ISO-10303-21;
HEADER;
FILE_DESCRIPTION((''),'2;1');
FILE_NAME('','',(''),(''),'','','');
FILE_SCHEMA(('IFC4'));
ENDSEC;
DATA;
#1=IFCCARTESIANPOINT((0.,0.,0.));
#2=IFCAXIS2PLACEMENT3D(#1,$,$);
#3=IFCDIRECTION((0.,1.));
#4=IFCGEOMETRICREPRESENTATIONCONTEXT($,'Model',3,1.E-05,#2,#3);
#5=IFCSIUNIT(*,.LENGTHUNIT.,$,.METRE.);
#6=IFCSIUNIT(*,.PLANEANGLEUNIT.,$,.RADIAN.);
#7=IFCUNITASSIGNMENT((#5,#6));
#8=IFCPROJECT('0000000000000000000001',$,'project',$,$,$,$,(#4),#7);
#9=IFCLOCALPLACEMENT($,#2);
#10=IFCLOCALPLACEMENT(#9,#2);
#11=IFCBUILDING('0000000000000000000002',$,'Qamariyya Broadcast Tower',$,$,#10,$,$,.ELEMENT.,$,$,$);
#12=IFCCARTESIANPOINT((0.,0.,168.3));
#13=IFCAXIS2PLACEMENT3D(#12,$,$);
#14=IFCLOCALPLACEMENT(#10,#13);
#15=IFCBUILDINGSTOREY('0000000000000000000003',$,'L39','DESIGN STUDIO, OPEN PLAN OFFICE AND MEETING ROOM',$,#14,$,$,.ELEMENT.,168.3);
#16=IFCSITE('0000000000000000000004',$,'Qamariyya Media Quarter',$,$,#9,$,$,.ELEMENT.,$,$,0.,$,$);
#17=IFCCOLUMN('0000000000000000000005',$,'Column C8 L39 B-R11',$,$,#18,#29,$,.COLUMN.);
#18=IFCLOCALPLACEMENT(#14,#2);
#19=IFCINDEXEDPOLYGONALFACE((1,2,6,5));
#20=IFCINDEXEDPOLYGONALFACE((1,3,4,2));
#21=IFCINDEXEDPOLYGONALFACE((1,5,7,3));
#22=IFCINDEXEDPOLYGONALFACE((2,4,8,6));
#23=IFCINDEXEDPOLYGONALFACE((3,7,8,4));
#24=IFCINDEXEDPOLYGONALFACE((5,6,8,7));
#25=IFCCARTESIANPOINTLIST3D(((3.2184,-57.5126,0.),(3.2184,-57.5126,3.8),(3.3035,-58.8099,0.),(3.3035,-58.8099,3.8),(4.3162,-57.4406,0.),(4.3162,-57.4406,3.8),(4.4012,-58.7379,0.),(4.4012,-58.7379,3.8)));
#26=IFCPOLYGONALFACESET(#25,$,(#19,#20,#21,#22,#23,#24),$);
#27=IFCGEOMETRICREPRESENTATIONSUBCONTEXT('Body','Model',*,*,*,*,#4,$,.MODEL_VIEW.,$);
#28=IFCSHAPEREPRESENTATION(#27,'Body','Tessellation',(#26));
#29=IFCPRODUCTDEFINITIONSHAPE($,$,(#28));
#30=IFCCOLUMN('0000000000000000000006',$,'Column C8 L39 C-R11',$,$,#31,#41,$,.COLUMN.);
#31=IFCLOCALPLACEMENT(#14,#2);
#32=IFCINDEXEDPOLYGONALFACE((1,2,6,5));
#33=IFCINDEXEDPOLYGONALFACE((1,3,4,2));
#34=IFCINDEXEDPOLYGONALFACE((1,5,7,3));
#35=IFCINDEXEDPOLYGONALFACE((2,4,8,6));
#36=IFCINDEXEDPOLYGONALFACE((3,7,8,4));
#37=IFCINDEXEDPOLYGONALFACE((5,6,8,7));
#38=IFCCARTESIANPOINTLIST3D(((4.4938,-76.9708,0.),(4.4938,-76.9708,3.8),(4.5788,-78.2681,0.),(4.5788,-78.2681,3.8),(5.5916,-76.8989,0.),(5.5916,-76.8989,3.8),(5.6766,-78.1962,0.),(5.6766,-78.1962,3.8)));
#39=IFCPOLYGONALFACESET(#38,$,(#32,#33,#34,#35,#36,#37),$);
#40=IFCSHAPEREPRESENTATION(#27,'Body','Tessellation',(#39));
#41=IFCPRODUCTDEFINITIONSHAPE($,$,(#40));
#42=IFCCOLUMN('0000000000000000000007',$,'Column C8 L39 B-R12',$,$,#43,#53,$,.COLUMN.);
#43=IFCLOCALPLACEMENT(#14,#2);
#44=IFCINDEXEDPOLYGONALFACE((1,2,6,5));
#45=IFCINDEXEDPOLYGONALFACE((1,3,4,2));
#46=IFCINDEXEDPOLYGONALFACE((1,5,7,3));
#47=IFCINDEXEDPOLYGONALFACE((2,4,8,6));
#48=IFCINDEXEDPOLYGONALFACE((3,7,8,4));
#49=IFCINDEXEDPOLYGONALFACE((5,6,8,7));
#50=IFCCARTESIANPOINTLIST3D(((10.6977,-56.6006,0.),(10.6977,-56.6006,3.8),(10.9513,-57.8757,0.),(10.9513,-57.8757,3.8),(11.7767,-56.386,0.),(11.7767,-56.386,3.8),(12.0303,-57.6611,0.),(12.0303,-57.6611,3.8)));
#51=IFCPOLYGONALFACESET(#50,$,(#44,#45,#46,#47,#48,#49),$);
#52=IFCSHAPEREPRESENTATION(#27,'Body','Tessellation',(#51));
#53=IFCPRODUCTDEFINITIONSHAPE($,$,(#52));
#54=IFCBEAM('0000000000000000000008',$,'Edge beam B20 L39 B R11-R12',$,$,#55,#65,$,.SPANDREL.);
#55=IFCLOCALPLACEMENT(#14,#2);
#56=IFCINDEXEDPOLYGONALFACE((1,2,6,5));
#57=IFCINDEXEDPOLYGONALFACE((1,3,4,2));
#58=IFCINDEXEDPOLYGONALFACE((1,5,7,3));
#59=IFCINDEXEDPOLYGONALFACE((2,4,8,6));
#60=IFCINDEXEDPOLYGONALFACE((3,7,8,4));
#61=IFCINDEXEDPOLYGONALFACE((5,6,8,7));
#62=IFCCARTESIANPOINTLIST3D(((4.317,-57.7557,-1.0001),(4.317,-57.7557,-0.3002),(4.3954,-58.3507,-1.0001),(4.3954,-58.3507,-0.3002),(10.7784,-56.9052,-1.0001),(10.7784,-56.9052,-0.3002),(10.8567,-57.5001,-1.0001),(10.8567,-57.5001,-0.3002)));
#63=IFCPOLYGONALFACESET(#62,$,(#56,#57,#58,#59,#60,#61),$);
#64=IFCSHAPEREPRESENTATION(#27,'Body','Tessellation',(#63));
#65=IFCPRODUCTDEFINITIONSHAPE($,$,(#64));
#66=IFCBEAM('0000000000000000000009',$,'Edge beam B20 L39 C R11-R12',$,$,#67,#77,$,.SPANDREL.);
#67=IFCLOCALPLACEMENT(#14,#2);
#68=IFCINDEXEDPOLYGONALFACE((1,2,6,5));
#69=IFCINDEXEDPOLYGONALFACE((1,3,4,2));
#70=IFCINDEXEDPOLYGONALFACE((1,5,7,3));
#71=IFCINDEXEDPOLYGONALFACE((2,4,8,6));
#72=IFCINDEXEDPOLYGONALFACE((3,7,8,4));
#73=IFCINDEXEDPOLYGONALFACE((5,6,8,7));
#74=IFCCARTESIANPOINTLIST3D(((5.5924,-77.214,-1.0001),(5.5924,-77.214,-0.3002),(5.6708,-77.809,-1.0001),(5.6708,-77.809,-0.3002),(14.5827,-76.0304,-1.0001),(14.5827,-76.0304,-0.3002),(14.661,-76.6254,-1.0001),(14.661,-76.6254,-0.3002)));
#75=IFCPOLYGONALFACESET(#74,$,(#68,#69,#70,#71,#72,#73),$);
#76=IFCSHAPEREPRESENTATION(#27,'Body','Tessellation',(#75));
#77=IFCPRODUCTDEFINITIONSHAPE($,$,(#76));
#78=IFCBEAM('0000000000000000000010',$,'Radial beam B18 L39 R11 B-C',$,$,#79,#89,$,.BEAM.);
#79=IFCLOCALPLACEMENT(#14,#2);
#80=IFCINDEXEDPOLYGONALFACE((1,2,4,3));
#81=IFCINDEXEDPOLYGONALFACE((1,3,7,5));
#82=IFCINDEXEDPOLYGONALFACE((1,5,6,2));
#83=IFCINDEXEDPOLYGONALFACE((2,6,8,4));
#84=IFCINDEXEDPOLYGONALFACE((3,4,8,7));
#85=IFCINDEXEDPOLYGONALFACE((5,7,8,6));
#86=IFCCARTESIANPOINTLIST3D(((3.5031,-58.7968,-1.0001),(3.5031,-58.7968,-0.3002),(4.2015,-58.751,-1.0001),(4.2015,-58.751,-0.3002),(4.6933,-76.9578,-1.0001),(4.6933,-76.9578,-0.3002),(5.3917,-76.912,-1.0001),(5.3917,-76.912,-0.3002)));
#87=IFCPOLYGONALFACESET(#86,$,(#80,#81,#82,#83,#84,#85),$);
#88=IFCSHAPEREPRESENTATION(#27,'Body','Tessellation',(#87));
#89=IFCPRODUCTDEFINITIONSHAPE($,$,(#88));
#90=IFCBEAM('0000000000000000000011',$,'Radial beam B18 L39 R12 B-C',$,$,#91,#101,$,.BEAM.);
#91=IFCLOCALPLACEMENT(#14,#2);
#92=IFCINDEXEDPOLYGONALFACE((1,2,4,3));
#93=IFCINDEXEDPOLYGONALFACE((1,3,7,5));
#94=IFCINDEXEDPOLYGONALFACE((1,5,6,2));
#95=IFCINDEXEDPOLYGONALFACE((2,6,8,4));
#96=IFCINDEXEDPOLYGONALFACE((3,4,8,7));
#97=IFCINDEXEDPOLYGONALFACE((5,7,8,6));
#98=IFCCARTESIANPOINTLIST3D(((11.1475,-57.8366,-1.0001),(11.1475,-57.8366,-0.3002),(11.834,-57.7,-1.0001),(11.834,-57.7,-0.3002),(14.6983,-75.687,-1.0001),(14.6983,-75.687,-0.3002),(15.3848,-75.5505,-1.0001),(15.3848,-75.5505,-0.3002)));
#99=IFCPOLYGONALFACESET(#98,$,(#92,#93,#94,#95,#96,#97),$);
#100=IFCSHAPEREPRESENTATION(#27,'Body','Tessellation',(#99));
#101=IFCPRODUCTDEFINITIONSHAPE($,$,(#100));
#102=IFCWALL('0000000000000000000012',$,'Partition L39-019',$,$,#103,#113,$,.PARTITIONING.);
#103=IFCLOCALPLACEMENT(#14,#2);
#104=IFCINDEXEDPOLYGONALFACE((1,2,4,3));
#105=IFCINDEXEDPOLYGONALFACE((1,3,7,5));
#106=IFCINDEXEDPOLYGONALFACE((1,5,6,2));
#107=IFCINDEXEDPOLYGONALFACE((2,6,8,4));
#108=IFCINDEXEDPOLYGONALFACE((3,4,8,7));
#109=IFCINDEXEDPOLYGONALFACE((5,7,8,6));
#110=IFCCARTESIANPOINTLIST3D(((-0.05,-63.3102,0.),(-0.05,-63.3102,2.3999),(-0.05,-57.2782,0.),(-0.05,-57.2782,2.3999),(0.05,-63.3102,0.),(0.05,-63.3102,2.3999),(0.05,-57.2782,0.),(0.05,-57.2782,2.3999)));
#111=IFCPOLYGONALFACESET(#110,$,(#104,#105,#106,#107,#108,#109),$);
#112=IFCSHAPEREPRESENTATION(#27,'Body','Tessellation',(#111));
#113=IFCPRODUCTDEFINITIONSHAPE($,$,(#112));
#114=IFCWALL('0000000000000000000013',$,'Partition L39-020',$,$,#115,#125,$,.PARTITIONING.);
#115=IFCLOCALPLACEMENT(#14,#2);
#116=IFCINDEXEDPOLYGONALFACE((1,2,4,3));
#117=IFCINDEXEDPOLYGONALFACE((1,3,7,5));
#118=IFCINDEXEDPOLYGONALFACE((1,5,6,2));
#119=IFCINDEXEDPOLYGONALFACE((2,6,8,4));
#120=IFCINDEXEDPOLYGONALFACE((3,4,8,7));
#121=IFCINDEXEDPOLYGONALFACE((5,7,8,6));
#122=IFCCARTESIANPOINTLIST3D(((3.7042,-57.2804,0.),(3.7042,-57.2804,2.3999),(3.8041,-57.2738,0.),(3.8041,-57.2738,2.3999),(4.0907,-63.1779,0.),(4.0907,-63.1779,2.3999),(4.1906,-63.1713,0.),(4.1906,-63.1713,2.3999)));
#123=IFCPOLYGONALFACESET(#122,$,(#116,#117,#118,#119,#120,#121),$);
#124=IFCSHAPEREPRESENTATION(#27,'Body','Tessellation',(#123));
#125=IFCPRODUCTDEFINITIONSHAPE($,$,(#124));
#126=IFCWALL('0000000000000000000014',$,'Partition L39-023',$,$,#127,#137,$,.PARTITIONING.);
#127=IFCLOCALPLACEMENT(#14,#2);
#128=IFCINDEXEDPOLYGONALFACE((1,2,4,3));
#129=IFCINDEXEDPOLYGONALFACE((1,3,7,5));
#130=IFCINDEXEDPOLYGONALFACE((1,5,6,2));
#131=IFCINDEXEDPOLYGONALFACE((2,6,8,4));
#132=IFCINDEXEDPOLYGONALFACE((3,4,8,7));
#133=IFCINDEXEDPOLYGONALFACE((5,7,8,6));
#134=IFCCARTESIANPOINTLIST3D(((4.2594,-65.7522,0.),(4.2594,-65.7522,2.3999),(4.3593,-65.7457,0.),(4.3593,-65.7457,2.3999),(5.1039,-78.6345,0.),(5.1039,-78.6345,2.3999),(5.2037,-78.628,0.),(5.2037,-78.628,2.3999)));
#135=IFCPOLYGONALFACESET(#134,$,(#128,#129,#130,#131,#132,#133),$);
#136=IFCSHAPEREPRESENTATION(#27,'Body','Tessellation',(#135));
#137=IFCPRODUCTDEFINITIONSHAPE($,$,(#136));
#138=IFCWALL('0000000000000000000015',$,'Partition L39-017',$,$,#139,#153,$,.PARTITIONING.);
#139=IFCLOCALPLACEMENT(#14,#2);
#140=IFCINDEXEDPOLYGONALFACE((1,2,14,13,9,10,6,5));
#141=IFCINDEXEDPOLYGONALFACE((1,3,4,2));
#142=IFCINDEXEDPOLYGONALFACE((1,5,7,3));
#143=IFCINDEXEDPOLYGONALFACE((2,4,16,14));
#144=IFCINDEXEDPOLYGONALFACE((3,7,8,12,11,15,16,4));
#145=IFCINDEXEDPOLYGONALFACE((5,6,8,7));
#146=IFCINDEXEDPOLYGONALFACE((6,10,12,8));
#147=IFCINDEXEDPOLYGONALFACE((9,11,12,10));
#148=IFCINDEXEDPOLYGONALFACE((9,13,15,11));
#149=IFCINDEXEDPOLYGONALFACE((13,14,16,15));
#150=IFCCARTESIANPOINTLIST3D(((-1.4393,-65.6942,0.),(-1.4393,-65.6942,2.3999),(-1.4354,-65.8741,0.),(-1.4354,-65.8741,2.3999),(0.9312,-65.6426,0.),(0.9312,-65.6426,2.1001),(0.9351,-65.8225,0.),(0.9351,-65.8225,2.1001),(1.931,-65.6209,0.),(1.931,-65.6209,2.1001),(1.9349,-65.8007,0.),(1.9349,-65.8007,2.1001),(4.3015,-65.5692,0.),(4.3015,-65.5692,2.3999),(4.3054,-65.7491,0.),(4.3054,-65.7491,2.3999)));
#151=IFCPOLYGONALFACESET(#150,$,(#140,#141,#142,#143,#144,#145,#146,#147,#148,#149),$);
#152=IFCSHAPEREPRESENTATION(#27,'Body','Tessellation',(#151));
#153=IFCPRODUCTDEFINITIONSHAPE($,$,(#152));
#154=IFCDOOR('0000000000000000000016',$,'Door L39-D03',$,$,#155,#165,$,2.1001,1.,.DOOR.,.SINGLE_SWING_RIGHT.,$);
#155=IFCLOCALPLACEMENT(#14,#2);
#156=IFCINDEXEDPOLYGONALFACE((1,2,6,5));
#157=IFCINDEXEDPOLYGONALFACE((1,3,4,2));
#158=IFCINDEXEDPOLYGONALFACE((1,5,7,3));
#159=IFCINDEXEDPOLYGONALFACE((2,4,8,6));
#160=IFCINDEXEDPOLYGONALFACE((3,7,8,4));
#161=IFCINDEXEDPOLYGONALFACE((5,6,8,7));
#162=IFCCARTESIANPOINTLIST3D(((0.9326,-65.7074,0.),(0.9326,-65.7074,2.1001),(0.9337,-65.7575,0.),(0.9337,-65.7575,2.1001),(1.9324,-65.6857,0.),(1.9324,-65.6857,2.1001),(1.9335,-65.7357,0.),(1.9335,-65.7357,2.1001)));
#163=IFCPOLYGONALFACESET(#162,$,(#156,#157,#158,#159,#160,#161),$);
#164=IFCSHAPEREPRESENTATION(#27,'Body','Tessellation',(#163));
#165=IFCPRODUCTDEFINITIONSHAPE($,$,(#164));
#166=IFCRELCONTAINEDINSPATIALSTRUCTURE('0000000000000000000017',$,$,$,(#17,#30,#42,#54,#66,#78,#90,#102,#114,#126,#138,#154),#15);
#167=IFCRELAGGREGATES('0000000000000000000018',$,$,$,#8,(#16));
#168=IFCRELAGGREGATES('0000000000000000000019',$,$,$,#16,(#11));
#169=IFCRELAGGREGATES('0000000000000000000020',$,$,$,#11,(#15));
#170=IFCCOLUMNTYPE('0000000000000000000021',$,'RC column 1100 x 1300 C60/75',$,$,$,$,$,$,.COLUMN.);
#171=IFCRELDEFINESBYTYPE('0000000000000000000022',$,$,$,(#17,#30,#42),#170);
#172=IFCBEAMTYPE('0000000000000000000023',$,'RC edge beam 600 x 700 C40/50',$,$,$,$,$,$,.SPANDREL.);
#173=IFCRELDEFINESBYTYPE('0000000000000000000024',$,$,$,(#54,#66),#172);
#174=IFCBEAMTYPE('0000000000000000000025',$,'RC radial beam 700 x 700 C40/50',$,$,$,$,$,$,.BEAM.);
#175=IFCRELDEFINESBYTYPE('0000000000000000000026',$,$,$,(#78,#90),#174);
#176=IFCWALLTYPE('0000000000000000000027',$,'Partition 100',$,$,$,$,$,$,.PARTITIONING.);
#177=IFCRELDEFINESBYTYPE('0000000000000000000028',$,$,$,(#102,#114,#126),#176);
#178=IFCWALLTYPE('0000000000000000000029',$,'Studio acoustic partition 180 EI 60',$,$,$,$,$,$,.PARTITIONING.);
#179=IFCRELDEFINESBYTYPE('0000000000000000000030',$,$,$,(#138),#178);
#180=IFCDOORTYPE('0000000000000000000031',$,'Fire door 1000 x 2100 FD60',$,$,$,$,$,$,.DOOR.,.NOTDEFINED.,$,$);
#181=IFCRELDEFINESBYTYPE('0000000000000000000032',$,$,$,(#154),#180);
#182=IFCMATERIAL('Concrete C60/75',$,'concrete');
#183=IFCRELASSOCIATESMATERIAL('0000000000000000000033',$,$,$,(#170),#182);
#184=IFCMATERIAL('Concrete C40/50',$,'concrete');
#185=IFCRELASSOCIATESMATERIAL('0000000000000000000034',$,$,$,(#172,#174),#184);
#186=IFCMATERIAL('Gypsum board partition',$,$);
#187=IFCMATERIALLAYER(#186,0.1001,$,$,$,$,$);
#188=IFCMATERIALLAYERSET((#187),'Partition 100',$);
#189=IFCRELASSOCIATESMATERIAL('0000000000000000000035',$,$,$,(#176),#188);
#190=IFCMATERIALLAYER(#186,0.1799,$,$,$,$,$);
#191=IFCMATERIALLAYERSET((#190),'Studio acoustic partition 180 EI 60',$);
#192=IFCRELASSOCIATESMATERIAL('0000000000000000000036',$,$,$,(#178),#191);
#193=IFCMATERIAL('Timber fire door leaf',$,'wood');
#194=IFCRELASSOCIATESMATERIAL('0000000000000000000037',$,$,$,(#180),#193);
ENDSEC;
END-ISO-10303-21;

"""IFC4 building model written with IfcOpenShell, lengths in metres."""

from ifc_helpers import new_model, si_unit, direction, frame, frame_2d, origin, origin_2d, place, context, subcontext, project, spatial, rectangle, extrude, material, layer, layer_set, material_profile, profile_set, type_object, element, fill, save


model = new_model("IFC4")

# Units and contexts
model_context = context("Model", 3, precision=1e-05, world=origin(), true_north=direction((0.0, 1.0)))
body_context = subcontext(model_context, "Body", "Model", "MODEL_VIEW")
ifc_project = project(units=[si_unit("LENGTHUNIT", "METRE"), si_unit("PLANEANGLEUNIT", "RADIAN")], contexts=[model_context])

# Site, building, storey
site_placement = place(None, origin())
site = spatial("IfcSite", under=ifc_project, at=site_placement, Name="Qamariyya Media Quarter", CompositionType="ELEMENT", RefElevation=0.0)
building_placement = place(site_placement, origin())
building = spatial("IfcBuilding", under=site, at=building_placement, Name="Qamariyya Broadcast Tower", CompositionType="ELEMENT")
storey_placement = place(building_placement, frame((0.0, 0.0, 168.3)))
storey = spatial("IfcBuildingStorey", under=building, at=storey_placement, Name="L39", Description="DESIGN STUDIO, OPEN PLAN OFFICE AND MEETING ROOM", CompositionType="ELEMENT", Elevation=168.3)

# Columns
ifc_material_1 = material(Name="Concrete C60/75", Category="concrete")
ifc_material_profile_1 = material_profile(ifc_material_1, rectangle(XDim=1.1001, YDim=1.3, at=origin_2d()))
ifc_profile_set_1 = profile_set([ifc_material_profile_1], Name="Concrete C60/75")
column_type = type_object("IfcColumnType", Name="RC column 1100 x 1300 C60/75", PredefinedType="COLUMN", material=ifc_profile_set_1)
for number, where, z_axis, x_axis, name in (
    (1, (3.8098, -58.1252, 0.0), (0.0, 0.0, 1.0), (0.997859, 0.065403, 0.0), "Column C8 L39 B-R11"),
    (2, (5.0852, -77.5835, 0.0), (0.0, 0.0, 1.0), (0.997859, 0.065403, 0.0), "Column C8 L39 C-R11"),
    (3, (11.364, -57.1309, 0.0), (0.0, 0.0, 1.0), (0.980785, 0.19509, 0.0), "Column C8 L39 B-R12"),
):
    element("IfcColumn", number, at=place(storey_placement, frame(where, z_axis=z_axis, x_axis=x_axis)), inside=storey, type_object=column_type, Name=name, PredefinedType="COLUMN", context=body_context, shape_type="SweptSolid", body=[
        extrude(rectangle(XDim=1.1001, YDim=1.3, at=origin_2d()), origin(), (0.0, 0.0, 1.0), 3.8),
    ])

# Beams
ifc_material_2 = material(Name="Concrete C40/50", Category="concrete")
ifc_material_profile_2 = material_profile(ifc_material_2, rectangle(XDim=0.6001, YDim=0.7, at=origin_2d()))
ifc_profile_set_2 = profile_set([ifc_material_profile_2], Name="Concrete C40/50")
beam_type_1 = type_object("IfcBeamType", Name="RC edge beam 600 x 700 C40/50", PredefinedType="SPANDREL", material=ifc_profile_set_2)
beam_1_placement = place(storey_placement, frame((4.3562, -58.0532, -0.6501), z_axis=(0.991446, 0.130515, 0.0), x_axis=(-0.130515, 0.991446, 0.0)))
element("IfcBeam", 4, at=beam_1_placement, inside=storey, type_object=beam_type_1, Name="Edge beam B20 L39 B R11-R12", PredefinedType="SPANDREL", context=body_context, shape_type="SweptSolid", body=[
    extrude(rectangle(XDim=0.6001, YDim=0.7, at=origin_2d()), origin(), (0.0, 0.0, 1.0), 6.5171),
])
beam_2_placement = place(storey_placement, frame((5.6316, -77.5115, -0.6501), z_axis=(0.991445, 0.130527, 0.0), x_axis=(-0.130527, 0.991445, 0.0)))
element("IfcBeam", 5, at=beam_2_placement, inside=storey, type_object=beam_type_1, Name="Edge beam B20 L39 C R11-R12", PredefinedType="SPANDREL", context=body_context, shape_type="SweptSolid", body=[
    extrude(rectangle(XDim=0.6001, YDim=0.7, at=origin_2d()), origin(), (0.0, 0.0, 1.0), 9.0679),
])
ifc_material_profile_3 = material_profile(ifc_material_2, rectangle(XDim=0.7, YDim=0.7, at=origin_2d()))
ifc_profile_set_3 = profile_set([ifc_material_profile_3], Name="Concrete C40/50")
beam_type_2 = type_object("IfcBeamType", Name="RC radial beam 700 x 700 C40/50", PredefinedType="BEAM", material=ifc_profile_set_3)
beam_3_placement = place(storey_placement, frame((3.8523, -58.7739, -0.6501), z_axis=(0.065395, -0.997859, 0.0), x_axis=(0.997859, 0.065395, 0.0)))
element("IfcBeam", 6, at=beam_3_placement, inside=storey, type_object=beam_type_2, Name="Radial beam B18 L39 R11 B-C", PredefinedType="BEAM", context=body_context, shape_type="SweptSolid", body=[
    extrude(rectangle(XDim=0.7, YDim=0.7, at=origin_2d()), origin(), (0.0, 0.0, 1.0), 18.2),
])
beam_4_placement = place(storey_placement, frame((11.4907, -57.7683, -0.6501), z_axis=(0.195097, -0.980784, 0.0), x_axis=(0.980784, 0.195097, 0.0)))
element("IfcBeam", 7, at=beam_4_placement, inside=storey, type_object=beam_type_2, Name="Radial beam B18 L39 R12 B-C", PredefinedType="BEAM", context=body_context, shape_type="SweptSolid", body=[
    extrude(rectangle(XDim=0.7, YDim=0.7, at=origin_2d()), origin(), (0.0, 0.0, 1.0), 18.2002),
])

# Walls
ifc_material_3 = material(Name="Gypsum board partition")
ifc_layer_1 = layer(ifc_material_3, 0.1001)
ifc_layer_set_1 = layer_set([ifc_layer_1], Name="Partition 100")
wall_type_1 = type_object("IfcWallType", Name="Partition 100", PredefinedType="PARTITIONING", material=ifc_layer_set_1)
wall_1_placement = place(storey_placement, frame((0.0, -57.2781, 0.0), z_axis=(0.0, 0.0, 1.0), x_axis=(0.0, -1.0, 0.0)))
element("IfcWall", 8, at=wall_1_placement, inside=storey, type_object=wall_type_1, Name="Partition L39-019", PredefinedType="PARTITIONING", context=body_context, shape_type="SweptSolid", body=[
    extrude(rectangle(XDim=6.032, YDim=0.1001, at=frame_2d((3.0161, 0.0))), origin(), (0.0, 0.0, 1.0), 2.3999),
])
wall_2_placement = place(storey_placement, frame((3.7542, -57.2771, 0.0), z_axis=(0.0, 0.0, 1.0), x_axis=(0.065392, -0.99786, 0.0)))
element("IfcWall", 9, at=wall_2_placement, inside=storey, type_object=wall_type_1, Name="Partition L39-020", PredefinedType="PARTITIONING", context=body_context, shape_type="SweptSolid", body=[
    extrude(rectangle(XDim=5.9102, YDim=0.1001, at=frame_2d((2.9551, 0.0))), origin(), (0.0, 0.0, 1.0), 2.3999),
])
wall_3_placement = place(storey_placement, frame((5.1538, -78.6313, 0.0), z_axis=(0.0, 0.0, 1.0), x_axis=(-0.065413, 0.997858, 0.0)))
element("IfcWall", 10, at=wall_3_placement, inside=storey, type_object=wall_type_1, Name="Partition L39-023", PredefinedType="PARTITIONING", context=body_context, shape_type="SweptSolid", body=[
    extrude(rectangle(XDim=12.9099, YDim=0.1001, at=frame_2d((6.4551, 0.0))), origin(), (0.0, 0.0, 1.0), 2.3999),
])

# Wall, opening, door
ifc_layer_2 = layer(ifc_material_3, 0.1799)
ifc_layer_set_2 = layer_set([ifc_layer_2], Name="Studio acoustic partition 180 EI 60")
wall_type_2 = type_object("IfcWallType", Name="Studio acoustic partition 180 EI 60", PredefinedType="PARTITIONING", material=ifc_layer_set_2)
wall_4_placement = place(storey_placement, frame((4.3035, -65.6592, 0.0), z_axis=(0.0, 0.0, 1.0), x_axis=(-0.999763, -0.021769, 0.0)))
wall_4 = element("IfcWall", 11, at=wall_4_placement, inside=storey, type_object=wall_type_2, Name="Partition L39-017", PredefinedType="PARTITIONING", context=body_context, shape_type="SweptSolid", body=[
    extrude(rectangle(XDim=5.7422, YDim=0.1799, at=frame_2d((2.8711, 0.0))), origin(), (0.0, 0.0, 1.0), 2.3999),
])
opening_1_placement = place(wall_4_placement, frame((2.3711, 0.0, 0.0)))
opening_1 = element("IfcOpeningElement", 12, at=opening_1_placement, cuts=wall_4, PredefinedType="OPENING", context=body_context, shape_type="SweptSolid", body=[
    extrude(rectangle(XDim=1.0, YDim=2.1001, at=frame_2d((0.5, 1.05))), frame((0.0, 0.0999, 0.0), z_axis=(0.0, -1.0, 0.0), x_axis=(1.0, 0.0, 0.0)), (0.0, 0.0, 1.0), 0.2),
])
ifc_material_4 = material(Name="Timber fire door leaf", Category="wood")
door_type_1 = type_object("IfcDoorType", Name="Fire door 1000 x 2100 FD60", OperationType="NOTDEFINED", PredefinedType="DOOR", material=ifc_material_4)
door_1_placement = place(opening_1_placement, origin())
door_1 = element("IfcDoor", 13, at=door_1_placement, inside=storey, type_object=door_type_1, Name="Door L39-D03", OperationType="SINGLE_SWING_RIGHT", OverallHeight=2.1001, OverallWidth=1.0, PredefinedType="DOOR", context=body_context, shape_type="SweptSolid", body=[
    extrude(rectangle(XDim=1.0, YDim=2.1001, at=frame_2d((0.5, 1.05))), frame((0.0, 0.0249, 0.0), z_axis=(0.0, -1.0, 0.0), x_axis=(1.0, 0.0, 0.0)), (0.0, 0.0, 1.0), 0.05),
])
fill(opening_1, door_1)

save(model, "model.ifc")
